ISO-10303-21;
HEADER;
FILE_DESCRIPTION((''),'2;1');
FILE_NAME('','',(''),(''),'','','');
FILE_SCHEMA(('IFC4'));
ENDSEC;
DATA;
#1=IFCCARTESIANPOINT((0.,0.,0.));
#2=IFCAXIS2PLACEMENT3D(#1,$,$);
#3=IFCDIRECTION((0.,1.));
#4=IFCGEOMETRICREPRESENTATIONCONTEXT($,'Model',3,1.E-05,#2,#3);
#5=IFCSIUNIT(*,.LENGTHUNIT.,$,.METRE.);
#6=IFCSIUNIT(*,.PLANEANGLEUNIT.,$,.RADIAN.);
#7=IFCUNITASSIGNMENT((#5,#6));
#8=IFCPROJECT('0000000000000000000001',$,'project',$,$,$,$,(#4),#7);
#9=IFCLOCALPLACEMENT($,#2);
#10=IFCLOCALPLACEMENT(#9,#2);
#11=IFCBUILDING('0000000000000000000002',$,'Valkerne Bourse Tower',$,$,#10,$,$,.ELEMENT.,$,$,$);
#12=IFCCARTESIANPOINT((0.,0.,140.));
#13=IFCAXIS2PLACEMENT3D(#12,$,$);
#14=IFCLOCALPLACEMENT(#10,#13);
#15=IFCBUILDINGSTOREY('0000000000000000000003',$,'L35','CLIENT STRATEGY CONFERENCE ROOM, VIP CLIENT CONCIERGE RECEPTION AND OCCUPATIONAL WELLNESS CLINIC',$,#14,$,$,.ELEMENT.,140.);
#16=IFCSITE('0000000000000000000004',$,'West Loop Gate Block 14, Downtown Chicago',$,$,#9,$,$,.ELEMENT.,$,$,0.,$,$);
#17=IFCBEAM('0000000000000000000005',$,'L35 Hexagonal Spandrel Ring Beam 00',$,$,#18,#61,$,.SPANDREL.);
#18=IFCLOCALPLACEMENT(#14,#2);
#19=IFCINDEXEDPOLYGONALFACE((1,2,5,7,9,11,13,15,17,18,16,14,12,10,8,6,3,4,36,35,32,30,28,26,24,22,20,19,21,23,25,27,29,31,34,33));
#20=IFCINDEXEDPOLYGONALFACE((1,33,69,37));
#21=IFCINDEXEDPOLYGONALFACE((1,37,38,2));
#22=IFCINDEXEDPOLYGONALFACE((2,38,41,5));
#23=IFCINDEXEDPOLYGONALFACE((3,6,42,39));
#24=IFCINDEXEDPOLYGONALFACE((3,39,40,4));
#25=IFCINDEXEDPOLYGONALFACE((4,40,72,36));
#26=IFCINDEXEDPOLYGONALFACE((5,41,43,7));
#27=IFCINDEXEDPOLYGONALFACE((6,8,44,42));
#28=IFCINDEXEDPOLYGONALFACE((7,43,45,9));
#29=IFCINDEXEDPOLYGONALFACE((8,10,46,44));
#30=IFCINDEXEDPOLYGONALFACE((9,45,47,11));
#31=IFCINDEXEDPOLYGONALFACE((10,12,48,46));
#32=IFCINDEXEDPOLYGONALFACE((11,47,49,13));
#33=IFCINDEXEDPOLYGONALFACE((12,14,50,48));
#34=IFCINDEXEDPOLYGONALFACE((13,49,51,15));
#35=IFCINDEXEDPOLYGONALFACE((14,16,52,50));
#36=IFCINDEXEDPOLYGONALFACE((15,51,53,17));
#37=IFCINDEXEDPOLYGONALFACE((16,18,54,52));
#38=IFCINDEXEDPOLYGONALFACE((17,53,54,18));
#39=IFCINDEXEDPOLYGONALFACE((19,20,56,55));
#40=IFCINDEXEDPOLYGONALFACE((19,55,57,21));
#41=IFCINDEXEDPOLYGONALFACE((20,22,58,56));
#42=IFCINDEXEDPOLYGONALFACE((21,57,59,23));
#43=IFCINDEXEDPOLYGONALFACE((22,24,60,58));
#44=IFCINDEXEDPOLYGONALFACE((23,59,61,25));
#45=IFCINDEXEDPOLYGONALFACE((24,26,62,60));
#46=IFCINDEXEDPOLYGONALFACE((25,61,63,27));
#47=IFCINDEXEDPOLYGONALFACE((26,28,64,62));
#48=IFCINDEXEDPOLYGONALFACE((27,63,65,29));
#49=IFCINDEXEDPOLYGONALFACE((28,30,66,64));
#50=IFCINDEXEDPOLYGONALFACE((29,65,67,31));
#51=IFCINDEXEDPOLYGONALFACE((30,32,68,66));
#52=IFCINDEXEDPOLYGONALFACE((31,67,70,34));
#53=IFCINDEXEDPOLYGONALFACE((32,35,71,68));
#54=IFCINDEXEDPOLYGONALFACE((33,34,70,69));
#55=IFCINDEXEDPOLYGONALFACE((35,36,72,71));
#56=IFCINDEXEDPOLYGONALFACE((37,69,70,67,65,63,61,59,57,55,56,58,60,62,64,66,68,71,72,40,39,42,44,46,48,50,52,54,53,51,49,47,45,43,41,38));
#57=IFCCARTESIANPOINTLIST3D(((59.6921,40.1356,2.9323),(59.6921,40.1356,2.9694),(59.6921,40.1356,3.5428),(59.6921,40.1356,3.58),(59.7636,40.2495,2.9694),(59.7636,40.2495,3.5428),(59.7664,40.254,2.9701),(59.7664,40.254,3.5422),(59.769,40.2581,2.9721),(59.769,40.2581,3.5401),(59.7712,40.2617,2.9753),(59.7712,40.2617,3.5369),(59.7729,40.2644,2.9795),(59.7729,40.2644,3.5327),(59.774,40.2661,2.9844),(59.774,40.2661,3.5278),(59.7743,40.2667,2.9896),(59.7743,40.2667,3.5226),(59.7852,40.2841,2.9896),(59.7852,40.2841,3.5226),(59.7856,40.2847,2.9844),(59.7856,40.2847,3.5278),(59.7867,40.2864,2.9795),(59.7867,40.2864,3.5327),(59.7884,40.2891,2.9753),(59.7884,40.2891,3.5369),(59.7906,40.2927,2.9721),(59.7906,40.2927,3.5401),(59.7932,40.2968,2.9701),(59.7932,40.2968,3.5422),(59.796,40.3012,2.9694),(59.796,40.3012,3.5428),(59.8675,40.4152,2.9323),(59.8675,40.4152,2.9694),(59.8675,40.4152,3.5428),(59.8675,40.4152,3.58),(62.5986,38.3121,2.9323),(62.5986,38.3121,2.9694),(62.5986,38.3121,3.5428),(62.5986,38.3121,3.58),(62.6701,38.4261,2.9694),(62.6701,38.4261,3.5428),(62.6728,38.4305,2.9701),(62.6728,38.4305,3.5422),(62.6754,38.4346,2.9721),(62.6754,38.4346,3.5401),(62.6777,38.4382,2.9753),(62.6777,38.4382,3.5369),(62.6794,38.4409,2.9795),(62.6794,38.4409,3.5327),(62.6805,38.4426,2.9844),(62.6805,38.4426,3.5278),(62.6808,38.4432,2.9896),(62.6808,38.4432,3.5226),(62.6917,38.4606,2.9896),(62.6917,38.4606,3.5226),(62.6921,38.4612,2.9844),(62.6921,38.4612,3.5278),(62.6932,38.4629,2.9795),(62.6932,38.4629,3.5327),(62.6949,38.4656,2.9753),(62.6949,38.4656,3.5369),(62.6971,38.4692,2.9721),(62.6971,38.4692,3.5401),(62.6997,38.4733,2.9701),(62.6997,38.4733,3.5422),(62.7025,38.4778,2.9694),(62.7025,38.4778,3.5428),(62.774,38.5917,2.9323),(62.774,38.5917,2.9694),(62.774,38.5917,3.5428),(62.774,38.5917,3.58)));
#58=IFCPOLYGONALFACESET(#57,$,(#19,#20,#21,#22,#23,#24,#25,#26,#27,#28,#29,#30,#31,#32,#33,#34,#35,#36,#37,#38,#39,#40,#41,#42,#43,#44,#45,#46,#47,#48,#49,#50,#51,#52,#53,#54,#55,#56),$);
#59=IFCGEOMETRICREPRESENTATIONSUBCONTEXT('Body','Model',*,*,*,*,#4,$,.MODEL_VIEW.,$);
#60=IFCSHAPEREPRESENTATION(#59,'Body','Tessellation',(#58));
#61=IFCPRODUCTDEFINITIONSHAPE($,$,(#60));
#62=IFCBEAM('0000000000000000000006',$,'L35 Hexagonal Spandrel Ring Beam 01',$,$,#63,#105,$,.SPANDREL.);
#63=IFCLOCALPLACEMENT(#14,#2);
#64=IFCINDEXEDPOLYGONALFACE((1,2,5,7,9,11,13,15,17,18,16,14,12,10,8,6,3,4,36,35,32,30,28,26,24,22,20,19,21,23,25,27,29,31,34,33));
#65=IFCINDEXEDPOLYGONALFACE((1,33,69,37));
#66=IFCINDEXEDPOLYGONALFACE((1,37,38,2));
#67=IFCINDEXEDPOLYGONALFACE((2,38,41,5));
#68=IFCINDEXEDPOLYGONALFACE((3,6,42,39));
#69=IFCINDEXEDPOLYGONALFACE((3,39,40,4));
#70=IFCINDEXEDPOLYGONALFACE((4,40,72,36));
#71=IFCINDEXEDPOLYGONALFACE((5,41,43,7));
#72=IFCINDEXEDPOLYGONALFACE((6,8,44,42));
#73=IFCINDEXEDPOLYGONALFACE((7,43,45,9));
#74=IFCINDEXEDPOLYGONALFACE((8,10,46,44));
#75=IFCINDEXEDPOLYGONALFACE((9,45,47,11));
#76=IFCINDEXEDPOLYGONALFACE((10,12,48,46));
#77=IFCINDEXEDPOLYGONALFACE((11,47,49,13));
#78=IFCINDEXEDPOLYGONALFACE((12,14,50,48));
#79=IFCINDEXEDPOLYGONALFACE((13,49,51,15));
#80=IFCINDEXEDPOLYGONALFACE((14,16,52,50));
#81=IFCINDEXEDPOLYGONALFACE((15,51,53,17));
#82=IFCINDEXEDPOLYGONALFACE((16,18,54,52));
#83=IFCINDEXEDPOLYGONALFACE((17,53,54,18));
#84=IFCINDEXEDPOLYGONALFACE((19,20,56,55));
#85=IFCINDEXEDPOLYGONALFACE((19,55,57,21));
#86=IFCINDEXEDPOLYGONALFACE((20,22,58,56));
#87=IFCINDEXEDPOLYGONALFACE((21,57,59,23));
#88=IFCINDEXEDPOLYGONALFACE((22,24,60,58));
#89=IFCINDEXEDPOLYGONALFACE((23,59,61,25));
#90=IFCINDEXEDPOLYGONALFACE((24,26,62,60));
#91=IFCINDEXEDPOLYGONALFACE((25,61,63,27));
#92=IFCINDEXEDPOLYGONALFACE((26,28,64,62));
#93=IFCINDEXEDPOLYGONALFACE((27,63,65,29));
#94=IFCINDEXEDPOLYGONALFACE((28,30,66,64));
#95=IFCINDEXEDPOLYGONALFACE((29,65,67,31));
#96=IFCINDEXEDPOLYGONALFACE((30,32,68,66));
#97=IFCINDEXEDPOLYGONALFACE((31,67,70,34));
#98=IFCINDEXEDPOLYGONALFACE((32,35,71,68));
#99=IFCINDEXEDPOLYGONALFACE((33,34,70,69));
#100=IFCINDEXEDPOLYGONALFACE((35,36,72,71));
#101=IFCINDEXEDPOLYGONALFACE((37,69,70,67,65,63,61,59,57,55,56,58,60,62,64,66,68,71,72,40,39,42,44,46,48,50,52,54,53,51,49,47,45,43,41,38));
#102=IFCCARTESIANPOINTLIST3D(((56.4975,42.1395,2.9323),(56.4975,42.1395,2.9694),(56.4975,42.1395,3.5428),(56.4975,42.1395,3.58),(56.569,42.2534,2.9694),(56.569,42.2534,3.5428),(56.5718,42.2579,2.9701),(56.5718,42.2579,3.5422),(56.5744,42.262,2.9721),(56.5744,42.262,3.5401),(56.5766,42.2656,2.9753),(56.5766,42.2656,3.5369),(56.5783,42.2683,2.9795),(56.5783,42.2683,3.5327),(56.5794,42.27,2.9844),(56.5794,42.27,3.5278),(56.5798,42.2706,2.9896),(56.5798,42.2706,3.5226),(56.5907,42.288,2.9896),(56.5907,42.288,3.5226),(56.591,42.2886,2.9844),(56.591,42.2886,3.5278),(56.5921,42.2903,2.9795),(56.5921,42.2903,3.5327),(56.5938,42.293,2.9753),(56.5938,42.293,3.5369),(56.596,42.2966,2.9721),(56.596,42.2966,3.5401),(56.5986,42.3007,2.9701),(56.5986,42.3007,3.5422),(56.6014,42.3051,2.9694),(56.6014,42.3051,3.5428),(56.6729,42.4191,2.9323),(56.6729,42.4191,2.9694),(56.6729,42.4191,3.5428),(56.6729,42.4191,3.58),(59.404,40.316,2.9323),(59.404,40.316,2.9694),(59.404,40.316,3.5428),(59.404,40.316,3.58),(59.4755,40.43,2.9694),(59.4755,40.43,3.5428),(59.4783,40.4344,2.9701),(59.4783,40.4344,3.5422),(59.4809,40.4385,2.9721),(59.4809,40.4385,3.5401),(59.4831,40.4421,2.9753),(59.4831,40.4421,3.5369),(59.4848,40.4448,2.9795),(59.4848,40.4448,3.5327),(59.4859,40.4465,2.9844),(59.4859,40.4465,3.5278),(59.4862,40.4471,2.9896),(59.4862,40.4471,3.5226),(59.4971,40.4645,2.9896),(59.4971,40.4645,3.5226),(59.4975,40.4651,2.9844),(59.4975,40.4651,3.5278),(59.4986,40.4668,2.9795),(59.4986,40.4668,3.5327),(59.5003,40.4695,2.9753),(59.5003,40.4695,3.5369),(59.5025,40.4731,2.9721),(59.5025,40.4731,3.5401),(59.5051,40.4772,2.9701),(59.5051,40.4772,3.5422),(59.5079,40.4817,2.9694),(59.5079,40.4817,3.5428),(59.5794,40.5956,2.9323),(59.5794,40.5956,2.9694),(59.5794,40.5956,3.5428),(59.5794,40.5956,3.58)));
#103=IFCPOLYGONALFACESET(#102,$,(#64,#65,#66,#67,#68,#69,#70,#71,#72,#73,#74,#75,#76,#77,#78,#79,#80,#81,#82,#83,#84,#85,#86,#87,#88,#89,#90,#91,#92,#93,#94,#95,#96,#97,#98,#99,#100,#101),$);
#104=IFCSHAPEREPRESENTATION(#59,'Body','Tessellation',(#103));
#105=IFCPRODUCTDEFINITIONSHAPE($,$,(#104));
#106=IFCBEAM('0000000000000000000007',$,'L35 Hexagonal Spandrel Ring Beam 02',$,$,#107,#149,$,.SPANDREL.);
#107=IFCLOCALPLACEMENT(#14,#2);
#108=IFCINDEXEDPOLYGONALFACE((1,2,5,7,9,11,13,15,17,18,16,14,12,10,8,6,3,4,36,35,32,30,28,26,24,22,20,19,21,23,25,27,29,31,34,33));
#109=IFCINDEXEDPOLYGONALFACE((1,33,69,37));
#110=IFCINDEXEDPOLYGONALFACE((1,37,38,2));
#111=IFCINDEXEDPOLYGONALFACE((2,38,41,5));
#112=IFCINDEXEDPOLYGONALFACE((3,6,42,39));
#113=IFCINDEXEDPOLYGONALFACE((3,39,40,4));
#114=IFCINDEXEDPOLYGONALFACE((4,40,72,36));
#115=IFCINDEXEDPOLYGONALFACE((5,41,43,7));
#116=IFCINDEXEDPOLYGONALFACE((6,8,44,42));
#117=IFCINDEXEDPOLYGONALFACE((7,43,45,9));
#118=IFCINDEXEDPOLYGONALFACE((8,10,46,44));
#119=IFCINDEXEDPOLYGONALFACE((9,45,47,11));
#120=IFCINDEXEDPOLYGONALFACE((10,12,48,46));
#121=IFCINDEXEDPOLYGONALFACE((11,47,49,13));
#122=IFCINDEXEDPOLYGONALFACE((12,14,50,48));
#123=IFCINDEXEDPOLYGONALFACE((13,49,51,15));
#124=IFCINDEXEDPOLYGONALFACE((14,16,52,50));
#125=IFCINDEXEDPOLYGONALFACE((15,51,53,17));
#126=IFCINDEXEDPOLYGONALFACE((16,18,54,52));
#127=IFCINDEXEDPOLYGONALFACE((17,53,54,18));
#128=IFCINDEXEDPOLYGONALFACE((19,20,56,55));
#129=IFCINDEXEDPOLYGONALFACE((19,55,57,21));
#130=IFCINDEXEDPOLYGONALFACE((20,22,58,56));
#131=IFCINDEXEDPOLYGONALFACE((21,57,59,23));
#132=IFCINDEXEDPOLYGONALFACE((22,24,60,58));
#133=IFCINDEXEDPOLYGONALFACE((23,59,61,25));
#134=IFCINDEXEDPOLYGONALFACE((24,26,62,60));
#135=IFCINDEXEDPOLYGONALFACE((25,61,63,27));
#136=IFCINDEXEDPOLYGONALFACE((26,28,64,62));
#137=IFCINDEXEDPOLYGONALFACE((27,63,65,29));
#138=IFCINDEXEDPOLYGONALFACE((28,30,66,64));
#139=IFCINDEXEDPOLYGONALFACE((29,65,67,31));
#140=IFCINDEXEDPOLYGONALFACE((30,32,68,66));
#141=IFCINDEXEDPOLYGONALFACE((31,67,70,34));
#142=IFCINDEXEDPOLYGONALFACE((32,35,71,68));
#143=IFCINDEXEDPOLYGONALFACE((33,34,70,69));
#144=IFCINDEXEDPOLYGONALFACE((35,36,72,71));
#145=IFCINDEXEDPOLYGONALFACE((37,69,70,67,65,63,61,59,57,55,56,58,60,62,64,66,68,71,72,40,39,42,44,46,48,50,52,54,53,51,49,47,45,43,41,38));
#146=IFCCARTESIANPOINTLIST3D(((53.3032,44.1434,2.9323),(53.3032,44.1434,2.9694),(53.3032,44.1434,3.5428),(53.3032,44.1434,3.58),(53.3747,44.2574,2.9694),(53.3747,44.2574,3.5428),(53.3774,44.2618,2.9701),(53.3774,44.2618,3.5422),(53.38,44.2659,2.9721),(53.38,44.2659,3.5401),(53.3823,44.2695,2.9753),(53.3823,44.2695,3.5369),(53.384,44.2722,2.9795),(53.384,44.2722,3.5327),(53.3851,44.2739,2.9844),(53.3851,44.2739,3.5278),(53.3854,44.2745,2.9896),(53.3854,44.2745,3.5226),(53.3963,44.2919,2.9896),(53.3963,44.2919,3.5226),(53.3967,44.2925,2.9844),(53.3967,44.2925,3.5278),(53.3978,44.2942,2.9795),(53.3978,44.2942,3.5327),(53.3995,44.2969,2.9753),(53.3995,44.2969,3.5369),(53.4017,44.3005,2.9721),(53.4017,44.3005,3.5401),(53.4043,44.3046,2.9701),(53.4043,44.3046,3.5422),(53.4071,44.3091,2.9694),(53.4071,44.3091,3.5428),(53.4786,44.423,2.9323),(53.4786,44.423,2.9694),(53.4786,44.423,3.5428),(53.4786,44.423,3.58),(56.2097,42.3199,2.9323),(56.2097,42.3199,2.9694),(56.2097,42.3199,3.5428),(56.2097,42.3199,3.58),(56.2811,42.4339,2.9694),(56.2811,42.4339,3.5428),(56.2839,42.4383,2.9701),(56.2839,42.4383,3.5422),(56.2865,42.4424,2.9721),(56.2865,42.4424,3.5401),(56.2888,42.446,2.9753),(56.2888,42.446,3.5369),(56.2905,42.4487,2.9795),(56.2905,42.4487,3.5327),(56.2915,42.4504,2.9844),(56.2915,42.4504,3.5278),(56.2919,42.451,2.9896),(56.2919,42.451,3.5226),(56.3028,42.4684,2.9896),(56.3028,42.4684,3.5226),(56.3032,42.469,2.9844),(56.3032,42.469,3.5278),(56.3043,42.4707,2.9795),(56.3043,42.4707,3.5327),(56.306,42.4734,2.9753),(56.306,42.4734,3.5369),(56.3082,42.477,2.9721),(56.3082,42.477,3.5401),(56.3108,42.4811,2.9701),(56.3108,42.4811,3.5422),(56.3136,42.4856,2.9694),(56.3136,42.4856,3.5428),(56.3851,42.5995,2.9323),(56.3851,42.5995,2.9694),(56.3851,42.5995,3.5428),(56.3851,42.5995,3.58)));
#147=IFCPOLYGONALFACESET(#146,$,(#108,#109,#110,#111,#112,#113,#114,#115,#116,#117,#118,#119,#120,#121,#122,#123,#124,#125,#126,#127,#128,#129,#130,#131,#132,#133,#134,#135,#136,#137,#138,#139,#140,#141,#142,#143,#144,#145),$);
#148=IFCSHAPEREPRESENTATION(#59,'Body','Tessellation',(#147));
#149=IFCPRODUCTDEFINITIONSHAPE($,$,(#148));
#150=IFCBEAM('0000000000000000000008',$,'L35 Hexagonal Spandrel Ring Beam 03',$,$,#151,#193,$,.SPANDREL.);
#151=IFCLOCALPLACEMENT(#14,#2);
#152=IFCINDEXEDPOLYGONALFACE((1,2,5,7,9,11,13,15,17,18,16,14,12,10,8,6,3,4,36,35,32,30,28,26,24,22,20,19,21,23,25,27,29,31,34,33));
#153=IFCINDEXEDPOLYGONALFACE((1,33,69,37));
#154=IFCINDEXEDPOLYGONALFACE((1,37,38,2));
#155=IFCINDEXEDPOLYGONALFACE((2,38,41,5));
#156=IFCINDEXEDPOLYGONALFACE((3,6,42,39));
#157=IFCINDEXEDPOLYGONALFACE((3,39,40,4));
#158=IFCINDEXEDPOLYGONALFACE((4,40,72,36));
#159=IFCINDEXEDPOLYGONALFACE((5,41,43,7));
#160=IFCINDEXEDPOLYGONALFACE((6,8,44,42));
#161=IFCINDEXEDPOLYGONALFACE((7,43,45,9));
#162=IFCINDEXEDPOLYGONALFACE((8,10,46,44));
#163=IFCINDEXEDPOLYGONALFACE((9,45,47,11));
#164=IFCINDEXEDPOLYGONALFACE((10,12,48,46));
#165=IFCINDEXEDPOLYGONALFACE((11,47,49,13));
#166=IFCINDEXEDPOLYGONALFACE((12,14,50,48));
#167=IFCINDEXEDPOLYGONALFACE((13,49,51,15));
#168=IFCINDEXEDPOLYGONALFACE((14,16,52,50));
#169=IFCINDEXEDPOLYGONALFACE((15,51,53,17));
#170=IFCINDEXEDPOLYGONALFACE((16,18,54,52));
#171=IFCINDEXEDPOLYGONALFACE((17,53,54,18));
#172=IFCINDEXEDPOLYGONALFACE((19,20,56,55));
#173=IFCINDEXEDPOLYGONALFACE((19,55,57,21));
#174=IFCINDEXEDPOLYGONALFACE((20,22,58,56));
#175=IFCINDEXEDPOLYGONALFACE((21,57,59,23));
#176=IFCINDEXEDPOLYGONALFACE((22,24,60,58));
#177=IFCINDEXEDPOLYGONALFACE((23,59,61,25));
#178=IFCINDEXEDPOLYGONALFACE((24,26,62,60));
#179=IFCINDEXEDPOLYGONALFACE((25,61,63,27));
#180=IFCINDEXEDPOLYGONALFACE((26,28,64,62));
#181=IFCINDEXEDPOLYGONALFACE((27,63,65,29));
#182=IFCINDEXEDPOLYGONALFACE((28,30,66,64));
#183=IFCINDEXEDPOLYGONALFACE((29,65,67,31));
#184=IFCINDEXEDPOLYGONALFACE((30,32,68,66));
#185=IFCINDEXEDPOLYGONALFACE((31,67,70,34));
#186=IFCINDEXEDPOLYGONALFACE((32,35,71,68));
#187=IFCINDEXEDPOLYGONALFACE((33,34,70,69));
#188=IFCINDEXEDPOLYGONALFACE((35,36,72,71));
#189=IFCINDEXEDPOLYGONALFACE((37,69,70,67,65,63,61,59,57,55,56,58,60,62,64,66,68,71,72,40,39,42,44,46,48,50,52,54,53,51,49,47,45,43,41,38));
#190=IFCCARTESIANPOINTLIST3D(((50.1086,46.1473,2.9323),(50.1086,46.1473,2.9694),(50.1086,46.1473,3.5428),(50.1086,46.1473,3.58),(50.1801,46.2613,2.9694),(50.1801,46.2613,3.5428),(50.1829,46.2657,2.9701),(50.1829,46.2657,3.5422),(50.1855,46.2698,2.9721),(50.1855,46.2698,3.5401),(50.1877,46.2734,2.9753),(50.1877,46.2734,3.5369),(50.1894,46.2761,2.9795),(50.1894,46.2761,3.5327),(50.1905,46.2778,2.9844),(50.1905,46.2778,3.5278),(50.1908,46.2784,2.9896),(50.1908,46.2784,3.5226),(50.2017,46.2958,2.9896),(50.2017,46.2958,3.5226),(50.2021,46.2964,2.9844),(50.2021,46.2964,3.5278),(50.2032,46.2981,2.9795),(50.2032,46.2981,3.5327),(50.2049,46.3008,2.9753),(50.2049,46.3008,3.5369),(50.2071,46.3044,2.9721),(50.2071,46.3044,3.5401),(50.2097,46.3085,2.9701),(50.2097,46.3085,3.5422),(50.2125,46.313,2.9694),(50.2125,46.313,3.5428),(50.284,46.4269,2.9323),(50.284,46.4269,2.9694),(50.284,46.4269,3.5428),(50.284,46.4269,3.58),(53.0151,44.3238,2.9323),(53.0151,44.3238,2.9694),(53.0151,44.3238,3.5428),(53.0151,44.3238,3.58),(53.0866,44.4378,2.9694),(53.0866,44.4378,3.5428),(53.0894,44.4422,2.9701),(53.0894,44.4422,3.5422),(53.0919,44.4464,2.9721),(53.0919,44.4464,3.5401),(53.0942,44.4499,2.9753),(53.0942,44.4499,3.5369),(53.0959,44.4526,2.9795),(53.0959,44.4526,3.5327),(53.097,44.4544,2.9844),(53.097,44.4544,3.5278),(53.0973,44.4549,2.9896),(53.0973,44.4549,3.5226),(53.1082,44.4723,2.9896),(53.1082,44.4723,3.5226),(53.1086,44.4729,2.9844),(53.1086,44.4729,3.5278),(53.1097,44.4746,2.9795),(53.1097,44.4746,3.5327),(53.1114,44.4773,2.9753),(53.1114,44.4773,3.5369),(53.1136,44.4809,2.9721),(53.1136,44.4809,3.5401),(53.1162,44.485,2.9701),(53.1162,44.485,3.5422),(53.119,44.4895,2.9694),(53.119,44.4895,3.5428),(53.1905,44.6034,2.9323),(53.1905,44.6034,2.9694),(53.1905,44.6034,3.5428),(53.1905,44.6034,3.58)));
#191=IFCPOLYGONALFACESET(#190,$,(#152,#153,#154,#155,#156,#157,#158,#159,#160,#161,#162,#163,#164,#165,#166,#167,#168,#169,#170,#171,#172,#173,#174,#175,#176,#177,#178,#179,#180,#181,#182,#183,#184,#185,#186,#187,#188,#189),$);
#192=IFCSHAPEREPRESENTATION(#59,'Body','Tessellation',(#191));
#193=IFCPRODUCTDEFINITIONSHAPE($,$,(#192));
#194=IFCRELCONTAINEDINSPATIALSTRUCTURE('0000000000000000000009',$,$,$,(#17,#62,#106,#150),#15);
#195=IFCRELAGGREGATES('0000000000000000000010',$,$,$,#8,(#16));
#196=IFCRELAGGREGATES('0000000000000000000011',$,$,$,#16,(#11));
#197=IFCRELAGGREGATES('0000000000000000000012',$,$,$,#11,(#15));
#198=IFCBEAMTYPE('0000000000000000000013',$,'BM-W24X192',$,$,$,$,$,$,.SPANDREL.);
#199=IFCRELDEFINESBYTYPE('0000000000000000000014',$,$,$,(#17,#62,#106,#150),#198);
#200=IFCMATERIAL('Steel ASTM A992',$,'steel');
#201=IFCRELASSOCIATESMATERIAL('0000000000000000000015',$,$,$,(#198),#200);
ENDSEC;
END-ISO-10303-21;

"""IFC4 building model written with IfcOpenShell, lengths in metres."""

from ifc_helpers import new_model, si_unit, direction, frame, origin, origin_2d, place, context, subcontext, project, spatial, i_section, extrude, material, material_profile, profile_set, type_object, element, save


model = new_model("IFC4")

# Units and contexts
model_context = context("Model", 3, precision=1e-05, world=origin(), true_north=direction((0.0, 1.0)))
body_context = subcontext(model_context, "Body", "Model", "MODEL_VIEW")
ifc_project = project(units=[si_unit("LENGTHUNIT", "METRE"), si_unit("PLANEANGLEUNIT", "RADIAN")], contexts=[model_context])

# Site, building, storey
site_placement = place(None, origin())
site = spatial("IfcSite", under=ifc_project, at=site_placement, Name="West Loop Gate Block 14, Downtown Chicago", CompositionType="ELEMENT", RefElevation=0.0)
building_placement = place(site_placement, origin())
building = spatial("IfcBuilding", under=site, at=building_placement, Name="Valkerne Bourse Tower", CompositionType="ELEMENT")
storey_placement = place(building_placement, frame((0.0, 0.0, 140.0)))
storey = spatial("IfcBuildingStorey", under=building, at=storey_placement, Name="L35", Description="CLIENT STRATEGY CONFERENCE ROOM, VIP CLIENT CONCIERGE RECEPTION AND OCCUPATIONAL WELLNESS CLINIC", CompositionType="ELEMENT", Elevation=140.0)

# Beams
ifc_material_1 = material(Name="Steel ASTM A992", Category="steel")
ifc_material_profile_1 = material_profile(ifc_material_1, i_section(OverallWidth=0.3301, OverallDepth=0.6477, WebThickness=0.0205, FlangeThickness=0.0371, FilletRadius=0.0203, at=origin_2d()), Name="W24X192")
ifc_profile_set_1 = profile_set([ifc_material_profile_1], Name="Steel ASTM A992")
beam_type = type_object("IfcBeamType", Name="BM-W24X192", PredefinedType="SPANDREL", material=ifc_profile_set_1)
for number, where, z_axis, x_axis, name in (
    (1, (62.6863, 38.4519, 3.2561), (-0.84709, 0.53145, 0.0), (-0.53145, -0.84709, 0.0), "L35 Hexagonal Spandrel Ring Beam 00"),
    (2, (59.4917, 40.4558, 3.2561), (-0.84709, 0.53145, 0.0), (-0.53145, -0.84709, 0.0), "L35 Hexagonal Spandrel Ring Beam 01"),
    (3, (56.2974, 42.4597, 3.2561), (-0.84709, 0.53145, 0.0), (-0.53145, -0.84709, 0.0), "L35 Hexagonal Spandrel Ring Beam 02"),
    (4, (53.1028, 44.4636, 3.2561), (-0.84709, 0.53145, 0.0), (-0.53145, -0.84709, 0.0), "L35 Hexagonal Spandrel Ring Beam 03"),
):
    element("IfcBeam", number, at=place(storey_placement, frame(where, z_axis=z_axis, x_axis=x_axis)), inside=storey, type_object=beam_type, Name=name, PredefinedType="SPANDREL", context=body_context, shape_type="SweptSolid", body=[
        extrude(i_section(OverallWidth=0.3301, OverallDepth=0.6477, WebThickness=0.0205, FlangeThickness=0.0371, FilletRadius=0.0203, at=origin_2d()), origin(), (0.0, 0.0, 1.0), 3.4312),
    ])

save(model, "model.ifc")
